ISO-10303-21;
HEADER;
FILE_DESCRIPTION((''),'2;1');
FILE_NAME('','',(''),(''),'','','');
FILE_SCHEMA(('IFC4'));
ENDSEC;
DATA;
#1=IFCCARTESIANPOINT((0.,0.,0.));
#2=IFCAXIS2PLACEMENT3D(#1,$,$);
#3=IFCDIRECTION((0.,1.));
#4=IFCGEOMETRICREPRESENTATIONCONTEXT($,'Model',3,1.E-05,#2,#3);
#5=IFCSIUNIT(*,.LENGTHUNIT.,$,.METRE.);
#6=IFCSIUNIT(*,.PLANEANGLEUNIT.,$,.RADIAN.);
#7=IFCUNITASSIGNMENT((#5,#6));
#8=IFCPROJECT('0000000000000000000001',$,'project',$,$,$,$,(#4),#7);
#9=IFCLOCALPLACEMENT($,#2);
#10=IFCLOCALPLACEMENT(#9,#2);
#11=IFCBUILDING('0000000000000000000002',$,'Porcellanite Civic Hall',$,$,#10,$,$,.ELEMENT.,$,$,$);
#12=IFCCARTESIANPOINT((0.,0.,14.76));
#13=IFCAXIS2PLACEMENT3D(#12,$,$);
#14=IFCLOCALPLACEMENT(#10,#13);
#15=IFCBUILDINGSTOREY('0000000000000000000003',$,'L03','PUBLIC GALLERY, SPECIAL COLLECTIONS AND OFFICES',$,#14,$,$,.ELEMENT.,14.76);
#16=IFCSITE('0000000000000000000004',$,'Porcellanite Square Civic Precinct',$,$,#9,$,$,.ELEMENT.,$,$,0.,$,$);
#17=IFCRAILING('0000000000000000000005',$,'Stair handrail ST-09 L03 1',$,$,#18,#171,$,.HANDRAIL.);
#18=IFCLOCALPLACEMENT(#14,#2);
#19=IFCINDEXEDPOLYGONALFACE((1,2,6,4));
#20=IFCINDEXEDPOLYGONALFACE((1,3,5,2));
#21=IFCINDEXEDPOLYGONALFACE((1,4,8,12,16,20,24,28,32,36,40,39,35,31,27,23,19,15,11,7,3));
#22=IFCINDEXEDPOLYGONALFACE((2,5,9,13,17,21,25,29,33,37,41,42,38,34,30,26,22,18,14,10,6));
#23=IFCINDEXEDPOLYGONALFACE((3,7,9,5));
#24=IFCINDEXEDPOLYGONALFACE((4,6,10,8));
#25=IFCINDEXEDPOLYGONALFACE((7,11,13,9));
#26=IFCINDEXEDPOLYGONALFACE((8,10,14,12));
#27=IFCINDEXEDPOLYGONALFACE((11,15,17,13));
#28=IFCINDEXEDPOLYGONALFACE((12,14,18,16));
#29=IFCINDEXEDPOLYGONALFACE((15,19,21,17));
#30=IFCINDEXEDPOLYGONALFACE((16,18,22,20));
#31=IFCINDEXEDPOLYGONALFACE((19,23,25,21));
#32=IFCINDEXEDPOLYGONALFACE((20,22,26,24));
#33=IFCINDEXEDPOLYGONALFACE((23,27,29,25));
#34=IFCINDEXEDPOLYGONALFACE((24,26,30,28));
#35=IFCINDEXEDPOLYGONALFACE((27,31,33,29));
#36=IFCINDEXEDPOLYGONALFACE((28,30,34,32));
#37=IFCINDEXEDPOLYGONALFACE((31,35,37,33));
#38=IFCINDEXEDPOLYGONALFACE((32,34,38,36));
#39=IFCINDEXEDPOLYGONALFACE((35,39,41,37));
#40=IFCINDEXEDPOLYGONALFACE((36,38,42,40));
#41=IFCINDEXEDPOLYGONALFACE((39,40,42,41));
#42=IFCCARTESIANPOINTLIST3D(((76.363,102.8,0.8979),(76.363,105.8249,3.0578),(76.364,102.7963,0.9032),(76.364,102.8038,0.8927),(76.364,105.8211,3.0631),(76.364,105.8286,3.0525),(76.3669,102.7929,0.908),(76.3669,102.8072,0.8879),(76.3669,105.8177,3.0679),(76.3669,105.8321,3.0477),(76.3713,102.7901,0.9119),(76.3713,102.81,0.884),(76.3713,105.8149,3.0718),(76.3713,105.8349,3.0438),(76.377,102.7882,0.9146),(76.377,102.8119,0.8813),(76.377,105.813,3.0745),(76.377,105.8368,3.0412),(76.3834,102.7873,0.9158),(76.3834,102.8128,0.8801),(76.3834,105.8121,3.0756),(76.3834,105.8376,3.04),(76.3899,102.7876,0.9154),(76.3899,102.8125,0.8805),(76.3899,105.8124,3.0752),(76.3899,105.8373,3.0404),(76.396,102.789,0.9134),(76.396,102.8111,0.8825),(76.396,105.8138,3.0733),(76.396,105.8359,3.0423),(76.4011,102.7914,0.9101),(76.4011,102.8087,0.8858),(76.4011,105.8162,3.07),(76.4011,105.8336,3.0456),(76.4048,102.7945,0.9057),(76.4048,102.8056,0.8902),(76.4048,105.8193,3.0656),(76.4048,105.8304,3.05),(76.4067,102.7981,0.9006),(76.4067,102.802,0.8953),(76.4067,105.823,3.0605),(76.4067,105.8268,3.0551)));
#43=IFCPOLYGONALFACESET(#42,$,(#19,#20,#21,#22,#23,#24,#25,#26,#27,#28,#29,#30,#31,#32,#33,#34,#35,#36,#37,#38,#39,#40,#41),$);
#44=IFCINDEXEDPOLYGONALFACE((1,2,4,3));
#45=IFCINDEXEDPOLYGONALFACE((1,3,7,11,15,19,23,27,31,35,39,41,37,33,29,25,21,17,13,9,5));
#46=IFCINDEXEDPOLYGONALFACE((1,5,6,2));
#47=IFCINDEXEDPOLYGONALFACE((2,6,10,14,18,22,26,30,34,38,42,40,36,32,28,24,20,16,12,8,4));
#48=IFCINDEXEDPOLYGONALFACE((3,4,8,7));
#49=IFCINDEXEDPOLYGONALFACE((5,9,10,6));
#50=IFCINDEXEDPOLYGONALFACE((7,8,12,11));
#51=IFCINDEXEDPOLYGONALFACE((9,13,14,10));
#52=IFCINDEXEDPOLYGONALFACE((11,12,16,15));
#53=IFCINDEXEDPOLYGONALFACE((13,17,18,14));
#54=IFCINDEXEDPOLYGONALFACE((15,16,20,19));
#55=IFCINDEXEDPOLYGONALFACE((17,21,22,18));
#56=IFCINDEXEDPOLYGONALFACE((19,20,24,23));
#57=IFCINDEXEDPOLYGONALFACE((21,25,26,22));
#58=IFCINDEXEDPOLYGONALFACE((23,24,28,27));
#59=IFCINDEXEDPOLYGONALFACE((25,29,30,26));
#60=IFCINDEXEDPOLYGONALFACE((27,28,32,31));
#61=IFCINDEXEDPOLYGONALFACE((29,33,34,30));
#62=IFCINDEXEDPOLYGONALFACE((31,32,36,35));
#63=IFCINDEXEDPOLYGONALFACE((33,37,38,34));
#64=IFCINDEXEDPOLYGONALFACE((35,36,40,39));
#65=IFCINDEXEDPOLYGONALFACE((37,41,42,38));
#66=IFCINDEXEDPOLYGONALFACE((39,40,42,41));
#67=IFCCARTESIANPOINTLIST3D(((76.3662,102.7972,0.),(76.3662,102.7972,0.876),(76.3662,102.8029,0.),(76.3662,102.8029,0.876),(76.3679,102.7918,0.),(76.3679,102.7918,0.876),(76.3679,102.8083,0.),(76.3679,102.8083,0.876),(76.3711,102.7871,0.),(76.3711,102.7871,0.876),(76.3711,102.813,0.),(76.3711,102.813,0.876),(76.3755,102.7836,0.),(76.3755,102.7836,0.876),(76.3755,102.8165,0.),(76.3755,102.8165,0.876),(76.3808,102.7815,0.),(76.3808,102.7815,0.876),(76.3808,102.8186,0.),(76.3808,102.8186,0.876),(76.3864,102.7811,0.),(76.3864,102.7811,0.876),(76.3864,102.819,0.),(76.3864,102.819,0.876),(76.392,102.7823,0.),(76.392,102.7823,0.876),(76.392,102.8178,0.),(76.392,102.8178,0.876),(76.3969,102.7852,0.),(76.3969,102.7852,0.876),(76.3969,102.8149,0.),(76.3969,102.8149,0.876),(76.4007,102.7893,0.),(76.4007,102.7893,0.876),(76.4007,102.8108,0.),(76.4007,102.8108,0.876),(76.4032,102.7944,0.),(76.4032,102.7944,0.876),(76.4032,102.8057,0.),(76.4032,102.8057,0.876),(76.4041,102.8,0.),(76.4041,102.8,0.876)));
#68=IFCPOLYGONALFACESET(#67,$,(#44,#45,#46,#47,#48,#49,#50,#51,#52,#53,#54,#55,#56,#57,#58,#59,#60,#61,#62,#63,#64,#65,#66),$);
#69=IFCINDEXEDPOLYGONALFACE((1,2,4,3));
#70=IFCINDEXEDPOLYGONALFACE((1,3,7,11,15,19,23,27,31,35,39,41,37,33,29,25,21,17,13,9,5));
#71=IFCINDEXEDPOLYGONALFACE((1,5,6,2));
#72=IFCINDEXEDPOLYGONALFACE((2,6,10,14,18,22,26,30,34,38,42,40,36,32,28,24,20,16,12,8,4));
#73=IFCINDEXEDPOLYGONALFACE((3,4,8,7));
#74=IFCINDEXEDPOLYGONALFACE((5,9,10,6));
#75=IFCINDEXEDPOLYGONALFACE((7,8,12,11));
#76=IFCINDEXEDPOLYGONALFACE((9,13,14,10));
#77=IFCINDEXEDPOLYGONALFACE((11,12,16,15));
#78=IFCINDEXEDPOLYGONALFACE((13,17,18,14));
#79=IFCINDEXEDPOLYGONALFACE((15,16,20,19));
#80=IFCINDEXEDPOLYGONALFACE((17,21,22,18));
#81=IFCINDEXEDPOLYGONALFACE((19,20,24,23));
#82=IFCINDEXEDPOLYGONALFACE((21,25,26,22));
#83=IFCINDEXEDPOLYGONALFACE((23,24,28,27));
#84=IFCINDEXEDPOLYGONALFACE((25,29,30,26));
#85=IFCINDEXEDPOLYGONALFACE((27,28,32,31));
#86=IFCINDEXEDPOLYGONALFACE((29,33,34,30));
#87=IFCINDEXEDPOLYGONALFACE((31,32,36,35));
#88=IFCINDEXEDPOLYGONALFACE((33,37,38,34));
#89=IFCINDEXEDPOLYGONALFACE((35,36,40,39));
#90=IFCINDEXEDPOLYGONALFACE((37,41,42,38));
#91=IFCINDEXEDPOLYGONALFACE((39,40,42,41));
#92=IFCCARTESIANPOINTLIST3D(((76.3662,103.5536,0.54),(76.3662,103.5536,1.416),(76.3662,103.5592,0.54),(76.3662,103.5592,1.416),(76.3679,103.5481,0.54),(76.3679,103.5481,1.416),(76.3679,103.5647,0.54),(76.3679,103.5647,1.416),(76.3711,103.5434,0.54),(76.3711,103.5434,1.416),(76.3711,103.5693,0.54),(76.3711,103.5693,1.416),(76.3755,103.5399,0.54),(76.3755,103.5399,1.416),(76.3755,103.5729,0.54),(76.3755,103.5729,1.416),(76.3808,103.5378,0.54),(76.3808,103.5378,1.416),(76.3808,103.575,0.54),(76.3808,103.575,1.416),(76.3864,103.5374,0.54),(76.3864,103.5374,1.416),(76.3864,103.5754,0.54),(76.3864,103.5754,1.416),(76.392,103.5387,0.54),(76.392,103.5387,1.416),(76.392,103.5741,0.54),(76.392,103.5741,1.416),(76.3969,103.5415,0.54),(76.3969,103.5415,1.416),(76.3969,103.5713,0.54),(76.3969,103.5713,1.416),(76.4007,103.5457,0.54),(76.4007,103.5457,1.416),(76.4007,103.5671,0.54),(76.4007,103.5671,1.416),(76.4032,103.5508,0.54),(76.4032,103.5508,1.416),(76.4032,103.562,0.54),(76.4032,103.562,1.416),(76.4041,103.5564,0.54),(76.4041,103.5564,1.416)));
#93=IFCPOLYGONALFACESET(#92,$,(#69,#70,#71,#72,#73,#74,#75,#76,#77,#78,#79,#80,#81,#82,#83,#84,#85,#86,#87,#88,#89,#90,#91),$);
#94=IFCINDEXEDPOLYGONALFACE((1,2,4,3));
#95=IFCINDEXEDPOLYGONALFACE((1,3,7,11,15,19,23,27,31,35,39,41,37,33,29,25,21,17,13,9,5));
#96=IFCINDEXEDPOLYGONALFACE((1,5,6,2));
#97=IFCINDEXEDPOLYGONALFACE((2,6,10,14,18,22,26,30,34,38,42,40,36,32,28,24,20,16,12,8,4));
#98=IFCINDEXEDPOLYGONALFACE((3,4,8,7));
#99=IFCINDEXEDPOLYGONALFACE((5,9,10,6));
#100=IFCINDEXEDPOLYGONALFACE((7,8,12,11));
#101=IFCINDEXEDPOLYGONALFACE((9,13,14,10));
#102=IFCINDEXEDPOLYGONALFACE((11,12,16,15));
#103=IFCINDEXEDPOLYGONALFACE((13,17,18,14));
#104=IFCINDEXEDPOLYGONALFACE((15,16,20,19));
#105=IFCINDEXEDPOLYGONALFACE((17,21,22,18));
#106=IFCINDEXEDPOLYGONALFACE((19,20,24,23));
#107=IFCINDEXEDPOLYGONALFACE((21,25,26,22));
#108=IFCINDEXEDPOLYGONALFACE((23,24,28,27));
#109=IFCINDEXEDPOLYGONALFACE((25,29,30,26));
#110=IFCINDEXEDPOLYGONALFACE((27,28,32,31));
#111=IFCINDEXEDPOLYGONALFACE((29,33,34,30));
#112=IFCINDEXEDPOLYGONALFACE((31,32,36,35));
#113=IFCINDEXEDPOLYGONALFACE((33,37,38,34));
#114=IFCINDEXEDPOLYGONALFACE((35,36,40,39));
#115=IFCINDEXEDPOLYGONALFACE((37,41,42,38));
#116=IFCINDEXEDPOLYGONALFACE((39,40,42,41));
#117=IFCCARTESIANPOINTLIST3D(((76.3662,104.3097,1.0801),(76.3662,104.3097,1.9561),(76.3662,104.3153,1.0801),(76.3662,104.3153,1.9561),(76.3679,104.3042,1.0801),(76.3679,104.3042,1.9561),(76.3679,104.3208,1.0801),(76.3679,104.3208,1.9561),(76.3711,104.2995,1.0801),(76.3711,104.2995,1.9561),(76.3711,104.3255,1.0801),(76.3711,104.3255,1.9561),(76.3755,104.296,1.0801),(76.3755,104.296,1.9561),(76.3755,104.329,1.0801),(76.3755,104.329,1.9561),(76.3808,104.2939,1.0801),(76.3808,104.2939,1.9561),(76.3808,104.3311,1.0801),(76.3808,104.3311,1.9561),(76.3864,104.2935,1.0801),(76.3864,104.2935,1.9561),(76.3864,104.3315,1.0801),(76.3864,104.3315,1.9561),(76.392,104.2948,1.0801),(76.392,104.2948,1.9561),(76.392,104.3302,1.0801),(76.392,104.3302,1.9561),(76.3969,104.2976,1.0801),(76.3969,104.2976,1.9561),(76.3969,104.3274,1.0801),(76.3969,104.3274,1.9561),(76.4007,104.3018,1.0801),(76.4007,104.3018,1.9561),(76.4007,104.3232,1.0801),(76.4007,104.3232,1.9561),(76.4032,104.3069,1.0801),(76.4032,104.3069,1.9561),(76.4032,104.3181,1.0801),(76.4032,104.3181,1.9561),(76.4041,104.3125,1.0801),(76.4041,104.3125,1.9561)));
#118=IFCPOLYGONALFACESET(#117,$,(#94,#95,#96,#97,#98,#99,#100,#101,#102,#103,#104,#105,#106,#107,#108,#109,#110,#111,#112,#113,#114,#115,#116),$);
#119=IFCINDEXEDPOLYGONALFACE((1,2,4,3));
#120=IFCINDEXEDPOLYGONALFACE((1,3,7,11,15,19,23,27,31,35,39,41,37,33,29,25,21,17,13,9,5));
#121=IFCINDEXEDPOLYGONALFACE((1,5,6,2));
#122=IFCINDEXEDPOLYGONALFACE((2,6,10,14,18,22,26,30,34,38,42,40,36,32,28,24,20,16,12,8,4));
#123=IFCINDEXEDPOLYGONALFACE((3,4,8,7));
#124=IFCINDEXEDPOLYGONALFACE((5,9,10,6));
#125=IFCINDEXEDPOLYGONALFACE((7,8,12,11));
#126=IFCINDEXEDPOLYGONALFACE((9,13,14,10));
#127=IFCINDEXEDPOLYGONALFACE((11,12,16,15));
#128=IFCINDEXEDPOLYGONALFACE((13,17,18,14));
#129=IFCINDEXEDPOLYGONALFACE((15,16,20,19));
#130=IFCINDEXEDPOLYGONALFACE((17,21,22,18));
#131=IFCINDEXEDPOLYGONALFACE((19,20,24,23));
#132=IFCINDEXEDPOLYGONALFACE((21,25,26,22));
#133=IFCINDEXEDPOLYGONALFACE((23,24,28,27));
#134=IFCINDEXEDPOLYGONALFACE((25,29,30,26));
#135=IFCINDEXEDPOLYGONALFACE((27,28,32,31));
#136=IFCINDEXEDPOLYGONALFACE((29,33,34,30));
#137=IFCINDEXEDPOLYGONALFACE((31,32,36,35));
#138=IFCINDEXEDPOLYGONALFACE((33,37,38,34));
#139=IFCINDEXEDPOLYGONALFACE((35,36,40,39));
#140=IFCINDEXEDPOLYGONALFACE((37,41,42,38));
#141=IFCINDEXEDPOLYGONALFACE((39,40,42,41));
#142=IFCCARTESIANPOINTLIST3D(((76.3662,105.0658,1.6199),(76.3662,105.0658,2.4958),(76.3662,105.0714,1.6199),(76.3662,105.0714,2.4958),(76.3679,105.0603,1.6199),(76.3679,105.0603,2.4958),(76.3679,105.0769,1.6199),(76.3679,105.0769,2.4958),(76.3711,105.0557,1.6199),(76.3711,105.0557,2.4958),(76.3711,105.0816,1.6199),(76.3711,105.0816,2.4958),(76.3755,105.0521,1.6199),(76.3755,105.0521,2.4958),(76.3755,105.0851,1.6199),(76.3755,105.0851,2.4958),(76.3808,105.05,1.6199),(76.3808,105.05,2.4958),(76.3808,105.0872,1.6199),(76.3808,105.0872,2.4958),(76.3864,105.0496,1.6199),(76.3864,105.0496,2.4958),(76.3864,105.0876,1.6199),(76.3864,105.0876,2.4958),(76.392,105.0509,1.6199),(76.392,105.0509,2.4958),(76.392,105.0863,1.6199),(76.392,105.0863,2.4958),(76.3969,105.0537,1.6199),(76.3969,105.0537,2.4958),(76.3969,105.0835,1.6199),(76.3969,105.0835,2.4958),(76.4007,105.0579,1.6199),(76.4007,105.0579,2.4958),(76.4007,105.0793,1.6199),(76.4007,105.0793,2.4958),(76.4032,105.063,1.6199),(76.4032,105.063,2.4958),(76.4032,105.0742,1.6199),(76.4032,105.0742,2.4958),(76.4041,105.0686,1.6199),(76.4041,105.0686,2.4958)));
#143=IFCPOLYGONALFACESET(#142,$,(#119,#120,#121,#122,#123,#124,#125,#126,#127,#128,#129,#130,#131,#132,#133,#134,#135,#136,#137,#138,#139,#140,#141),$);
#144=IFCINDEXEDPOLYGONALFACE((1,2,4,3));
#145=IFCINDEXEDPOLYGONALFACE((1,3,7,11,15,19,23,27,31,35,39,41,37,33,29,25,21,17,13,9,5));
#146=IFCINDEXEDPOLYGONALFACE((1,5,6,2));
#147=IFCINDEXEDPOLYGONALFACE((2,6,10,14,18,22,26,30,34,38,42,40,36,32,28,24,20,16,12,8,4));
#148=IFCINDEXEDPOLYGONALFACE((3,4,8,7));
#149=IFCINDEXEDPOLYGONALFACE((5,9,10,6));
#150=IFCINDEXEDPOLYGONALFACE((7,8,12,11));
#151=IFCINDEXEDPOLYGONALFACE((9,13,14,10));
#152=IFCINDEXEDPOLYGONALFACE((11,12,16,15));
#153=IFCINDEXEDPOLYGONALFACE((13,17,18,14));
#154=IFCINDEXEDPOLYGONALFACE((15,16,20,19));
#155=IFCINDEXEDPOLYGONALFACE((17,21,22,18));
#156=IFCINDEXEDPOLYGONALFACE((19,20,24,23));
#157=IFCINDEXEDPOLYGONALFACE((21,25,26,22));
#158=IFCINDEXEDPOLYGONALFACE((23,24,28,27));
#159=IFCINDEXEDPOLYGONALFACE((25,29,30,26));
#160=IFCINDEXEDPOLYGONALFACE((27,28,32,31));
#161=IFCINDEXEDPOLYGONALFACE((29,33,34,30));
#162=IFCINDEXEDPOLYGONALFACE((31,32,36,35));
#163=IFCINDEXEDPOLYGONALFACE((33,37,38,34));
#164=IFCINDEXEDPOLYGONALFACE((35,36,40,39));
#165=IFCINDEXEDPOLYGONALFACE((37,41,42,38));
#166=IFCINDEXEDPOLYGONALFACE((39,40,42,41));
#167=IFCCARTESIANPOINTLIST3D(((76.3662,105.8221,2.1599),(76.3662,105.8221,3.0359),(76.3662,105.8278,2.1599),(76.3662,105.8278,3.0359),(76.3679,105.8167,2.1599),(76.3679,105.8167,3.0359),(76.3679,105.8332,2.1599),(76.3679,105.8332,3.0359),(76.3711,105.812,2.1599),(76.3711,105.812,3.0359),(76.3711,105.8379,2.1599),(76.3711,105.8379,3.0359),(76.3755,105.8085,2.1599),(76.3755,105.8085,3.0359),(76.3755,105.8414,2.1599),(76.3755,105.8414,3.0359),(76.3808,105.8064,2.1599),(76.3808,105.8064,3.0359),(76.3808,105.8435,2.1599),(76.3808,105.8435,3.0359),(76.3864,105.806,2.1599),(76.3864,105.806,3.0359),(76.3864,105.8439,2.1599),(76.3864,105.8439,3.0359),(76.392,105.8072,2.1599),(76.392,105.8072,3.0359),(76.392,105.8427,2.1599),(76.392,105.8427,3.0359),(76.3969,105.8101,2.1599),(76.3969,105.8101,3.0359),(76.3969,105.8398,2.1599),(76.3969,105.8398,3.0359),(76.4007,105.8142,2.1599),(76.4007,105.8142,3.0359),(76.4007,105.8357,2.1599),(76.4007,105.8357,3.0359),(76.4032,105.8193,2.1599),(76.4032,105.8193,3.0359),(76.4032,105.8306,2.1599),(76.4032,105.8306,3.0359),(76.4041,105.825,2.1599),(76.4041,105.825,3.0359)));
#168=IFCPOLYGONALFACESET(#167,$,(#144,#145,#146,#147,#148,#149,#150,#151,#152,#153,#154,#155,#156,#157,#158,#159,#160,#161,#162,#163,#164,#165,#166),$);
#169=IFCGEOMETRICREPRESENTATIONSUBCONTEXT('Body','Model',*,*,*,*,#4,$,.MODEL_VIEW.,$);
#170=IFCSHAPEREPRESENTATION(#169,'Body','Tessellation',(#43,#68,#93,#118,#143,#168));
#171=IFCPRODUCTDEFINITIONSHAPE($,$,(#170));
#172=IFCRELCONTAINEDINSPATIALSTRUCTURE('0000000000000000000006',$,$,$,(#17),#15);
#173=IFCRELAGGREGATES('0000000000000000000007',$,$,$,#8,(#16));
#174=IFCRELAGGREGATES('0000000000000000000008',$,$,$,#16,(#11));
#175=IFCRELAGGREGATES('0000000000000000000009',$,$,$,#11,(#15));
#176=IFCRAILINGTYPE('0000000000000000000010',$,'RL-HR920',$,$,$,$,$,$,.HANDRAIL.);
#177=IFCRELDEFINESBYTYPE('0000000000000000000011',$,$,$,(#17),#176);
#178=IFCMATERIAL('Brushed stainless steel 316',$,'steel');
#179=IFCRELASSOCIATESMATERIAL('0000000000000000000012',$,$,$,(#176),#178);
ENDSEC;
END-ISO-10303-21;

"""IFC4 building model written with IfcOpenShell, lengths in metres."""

from ifc_helpers import new_model, si_unit, direction, frame, origin, origin_2d, place, context, subcontext, project, spatial, circle, extrude, material, type_object, element, save


model = new_model("IFC4")

# Units and contexts
model_context = context("Model", 3, precision=1e-05, world=origin(), true_north=direction((0.0, 1.0)))
body_context = subcontext(model_context, "Body", "Model", "MODEL_VIEW")
ifc_project = project(units=[si_unit("LENGTHUNIT", "METRE"), si_unit("PLANEANGLEUNIT", "RADIAN")], contexts=[model_context])

# Site, building, storey
site_placement = place(None, origin())
site = spatial("IfcSite", under=ifc_project, at=site_placement, Name="Porcellanite Square Civic Precinct", CompositionType="ELEMENT", RefElevation=0.0)
building_placement = place(site_placement, origin())
building = spatial("IfcBuilding", under=site, at=building_placement, Name="Porcellanite Civic Hall", CompositionType="ELEMENT")
storey_placement = place(building_placement, frame((0.0, 0.0, 14.76)))
storey = spatial("IfcBuildingStorey", under=building, at=storey_placement, Name="L03", Description="PUBLIC GALLERY, SPECIAL COLLECTIONS AND OFFICES", CompositionType="ELEMENT", Elevation=14.76)

# Railing
ifc_material_1 = material(Name="Brushed stainless steel 316", Category="steel")
railing_type_1 = type_object("IfcRailingType", Name="RL-HR920", PredefinedType="HANDRAIL", material=ifc_material_1)
railing_1_placement = place(storey_placement, frame((76.385, 102.8, 0.0)))
element("IfcRailing", 1, at=railing_1_placement, inside=storey, type_object=railing_type_1, Name="Stair handrail ST-09 L03 1", PredefinedType="HANDRAIL", context=body_context, shape_type="SweptSolid", body=[
    extrude(circle(Radius=0.022, at=origin_2d()), frame((0.0, 0.0, 0.8979), z_axis=(0.0, 0.813827, 0.581108), x_axis=(-1.0, 0.0, 0.0)), (0.0, 0.0, 1.0), 3.7168),
    extrude(circle(Radius=0.019, at=origin_2d()), origin(), (0.0, 0.0, 1.0), 0.876),
    extrude(circle(Radius=0.019, at=origin_2d()), frame((0.0, 0.7563, 0.54)), (0.0, 0.0, 1.0), 0.876),
    extrude(circle(Radius=0.019, at=origin_2d()), frame((0.0, 1.5125, 1.0801)), (0.0, 0.0, 1.0), 0.876),
    extrude(circle(Radius=0.019, at=origin_2d()), frame((0.0, 2.2686, 1.6199)), (0.0, 0.0, 1.0), 0.876),
    extrude(circle(Radius=0.019, at=origin_2d()), frame((0.0, 3.0249, 2.1599)), (0.0, 0.0, 1.0), 0.876),
])

save(model, "model.ifc")
